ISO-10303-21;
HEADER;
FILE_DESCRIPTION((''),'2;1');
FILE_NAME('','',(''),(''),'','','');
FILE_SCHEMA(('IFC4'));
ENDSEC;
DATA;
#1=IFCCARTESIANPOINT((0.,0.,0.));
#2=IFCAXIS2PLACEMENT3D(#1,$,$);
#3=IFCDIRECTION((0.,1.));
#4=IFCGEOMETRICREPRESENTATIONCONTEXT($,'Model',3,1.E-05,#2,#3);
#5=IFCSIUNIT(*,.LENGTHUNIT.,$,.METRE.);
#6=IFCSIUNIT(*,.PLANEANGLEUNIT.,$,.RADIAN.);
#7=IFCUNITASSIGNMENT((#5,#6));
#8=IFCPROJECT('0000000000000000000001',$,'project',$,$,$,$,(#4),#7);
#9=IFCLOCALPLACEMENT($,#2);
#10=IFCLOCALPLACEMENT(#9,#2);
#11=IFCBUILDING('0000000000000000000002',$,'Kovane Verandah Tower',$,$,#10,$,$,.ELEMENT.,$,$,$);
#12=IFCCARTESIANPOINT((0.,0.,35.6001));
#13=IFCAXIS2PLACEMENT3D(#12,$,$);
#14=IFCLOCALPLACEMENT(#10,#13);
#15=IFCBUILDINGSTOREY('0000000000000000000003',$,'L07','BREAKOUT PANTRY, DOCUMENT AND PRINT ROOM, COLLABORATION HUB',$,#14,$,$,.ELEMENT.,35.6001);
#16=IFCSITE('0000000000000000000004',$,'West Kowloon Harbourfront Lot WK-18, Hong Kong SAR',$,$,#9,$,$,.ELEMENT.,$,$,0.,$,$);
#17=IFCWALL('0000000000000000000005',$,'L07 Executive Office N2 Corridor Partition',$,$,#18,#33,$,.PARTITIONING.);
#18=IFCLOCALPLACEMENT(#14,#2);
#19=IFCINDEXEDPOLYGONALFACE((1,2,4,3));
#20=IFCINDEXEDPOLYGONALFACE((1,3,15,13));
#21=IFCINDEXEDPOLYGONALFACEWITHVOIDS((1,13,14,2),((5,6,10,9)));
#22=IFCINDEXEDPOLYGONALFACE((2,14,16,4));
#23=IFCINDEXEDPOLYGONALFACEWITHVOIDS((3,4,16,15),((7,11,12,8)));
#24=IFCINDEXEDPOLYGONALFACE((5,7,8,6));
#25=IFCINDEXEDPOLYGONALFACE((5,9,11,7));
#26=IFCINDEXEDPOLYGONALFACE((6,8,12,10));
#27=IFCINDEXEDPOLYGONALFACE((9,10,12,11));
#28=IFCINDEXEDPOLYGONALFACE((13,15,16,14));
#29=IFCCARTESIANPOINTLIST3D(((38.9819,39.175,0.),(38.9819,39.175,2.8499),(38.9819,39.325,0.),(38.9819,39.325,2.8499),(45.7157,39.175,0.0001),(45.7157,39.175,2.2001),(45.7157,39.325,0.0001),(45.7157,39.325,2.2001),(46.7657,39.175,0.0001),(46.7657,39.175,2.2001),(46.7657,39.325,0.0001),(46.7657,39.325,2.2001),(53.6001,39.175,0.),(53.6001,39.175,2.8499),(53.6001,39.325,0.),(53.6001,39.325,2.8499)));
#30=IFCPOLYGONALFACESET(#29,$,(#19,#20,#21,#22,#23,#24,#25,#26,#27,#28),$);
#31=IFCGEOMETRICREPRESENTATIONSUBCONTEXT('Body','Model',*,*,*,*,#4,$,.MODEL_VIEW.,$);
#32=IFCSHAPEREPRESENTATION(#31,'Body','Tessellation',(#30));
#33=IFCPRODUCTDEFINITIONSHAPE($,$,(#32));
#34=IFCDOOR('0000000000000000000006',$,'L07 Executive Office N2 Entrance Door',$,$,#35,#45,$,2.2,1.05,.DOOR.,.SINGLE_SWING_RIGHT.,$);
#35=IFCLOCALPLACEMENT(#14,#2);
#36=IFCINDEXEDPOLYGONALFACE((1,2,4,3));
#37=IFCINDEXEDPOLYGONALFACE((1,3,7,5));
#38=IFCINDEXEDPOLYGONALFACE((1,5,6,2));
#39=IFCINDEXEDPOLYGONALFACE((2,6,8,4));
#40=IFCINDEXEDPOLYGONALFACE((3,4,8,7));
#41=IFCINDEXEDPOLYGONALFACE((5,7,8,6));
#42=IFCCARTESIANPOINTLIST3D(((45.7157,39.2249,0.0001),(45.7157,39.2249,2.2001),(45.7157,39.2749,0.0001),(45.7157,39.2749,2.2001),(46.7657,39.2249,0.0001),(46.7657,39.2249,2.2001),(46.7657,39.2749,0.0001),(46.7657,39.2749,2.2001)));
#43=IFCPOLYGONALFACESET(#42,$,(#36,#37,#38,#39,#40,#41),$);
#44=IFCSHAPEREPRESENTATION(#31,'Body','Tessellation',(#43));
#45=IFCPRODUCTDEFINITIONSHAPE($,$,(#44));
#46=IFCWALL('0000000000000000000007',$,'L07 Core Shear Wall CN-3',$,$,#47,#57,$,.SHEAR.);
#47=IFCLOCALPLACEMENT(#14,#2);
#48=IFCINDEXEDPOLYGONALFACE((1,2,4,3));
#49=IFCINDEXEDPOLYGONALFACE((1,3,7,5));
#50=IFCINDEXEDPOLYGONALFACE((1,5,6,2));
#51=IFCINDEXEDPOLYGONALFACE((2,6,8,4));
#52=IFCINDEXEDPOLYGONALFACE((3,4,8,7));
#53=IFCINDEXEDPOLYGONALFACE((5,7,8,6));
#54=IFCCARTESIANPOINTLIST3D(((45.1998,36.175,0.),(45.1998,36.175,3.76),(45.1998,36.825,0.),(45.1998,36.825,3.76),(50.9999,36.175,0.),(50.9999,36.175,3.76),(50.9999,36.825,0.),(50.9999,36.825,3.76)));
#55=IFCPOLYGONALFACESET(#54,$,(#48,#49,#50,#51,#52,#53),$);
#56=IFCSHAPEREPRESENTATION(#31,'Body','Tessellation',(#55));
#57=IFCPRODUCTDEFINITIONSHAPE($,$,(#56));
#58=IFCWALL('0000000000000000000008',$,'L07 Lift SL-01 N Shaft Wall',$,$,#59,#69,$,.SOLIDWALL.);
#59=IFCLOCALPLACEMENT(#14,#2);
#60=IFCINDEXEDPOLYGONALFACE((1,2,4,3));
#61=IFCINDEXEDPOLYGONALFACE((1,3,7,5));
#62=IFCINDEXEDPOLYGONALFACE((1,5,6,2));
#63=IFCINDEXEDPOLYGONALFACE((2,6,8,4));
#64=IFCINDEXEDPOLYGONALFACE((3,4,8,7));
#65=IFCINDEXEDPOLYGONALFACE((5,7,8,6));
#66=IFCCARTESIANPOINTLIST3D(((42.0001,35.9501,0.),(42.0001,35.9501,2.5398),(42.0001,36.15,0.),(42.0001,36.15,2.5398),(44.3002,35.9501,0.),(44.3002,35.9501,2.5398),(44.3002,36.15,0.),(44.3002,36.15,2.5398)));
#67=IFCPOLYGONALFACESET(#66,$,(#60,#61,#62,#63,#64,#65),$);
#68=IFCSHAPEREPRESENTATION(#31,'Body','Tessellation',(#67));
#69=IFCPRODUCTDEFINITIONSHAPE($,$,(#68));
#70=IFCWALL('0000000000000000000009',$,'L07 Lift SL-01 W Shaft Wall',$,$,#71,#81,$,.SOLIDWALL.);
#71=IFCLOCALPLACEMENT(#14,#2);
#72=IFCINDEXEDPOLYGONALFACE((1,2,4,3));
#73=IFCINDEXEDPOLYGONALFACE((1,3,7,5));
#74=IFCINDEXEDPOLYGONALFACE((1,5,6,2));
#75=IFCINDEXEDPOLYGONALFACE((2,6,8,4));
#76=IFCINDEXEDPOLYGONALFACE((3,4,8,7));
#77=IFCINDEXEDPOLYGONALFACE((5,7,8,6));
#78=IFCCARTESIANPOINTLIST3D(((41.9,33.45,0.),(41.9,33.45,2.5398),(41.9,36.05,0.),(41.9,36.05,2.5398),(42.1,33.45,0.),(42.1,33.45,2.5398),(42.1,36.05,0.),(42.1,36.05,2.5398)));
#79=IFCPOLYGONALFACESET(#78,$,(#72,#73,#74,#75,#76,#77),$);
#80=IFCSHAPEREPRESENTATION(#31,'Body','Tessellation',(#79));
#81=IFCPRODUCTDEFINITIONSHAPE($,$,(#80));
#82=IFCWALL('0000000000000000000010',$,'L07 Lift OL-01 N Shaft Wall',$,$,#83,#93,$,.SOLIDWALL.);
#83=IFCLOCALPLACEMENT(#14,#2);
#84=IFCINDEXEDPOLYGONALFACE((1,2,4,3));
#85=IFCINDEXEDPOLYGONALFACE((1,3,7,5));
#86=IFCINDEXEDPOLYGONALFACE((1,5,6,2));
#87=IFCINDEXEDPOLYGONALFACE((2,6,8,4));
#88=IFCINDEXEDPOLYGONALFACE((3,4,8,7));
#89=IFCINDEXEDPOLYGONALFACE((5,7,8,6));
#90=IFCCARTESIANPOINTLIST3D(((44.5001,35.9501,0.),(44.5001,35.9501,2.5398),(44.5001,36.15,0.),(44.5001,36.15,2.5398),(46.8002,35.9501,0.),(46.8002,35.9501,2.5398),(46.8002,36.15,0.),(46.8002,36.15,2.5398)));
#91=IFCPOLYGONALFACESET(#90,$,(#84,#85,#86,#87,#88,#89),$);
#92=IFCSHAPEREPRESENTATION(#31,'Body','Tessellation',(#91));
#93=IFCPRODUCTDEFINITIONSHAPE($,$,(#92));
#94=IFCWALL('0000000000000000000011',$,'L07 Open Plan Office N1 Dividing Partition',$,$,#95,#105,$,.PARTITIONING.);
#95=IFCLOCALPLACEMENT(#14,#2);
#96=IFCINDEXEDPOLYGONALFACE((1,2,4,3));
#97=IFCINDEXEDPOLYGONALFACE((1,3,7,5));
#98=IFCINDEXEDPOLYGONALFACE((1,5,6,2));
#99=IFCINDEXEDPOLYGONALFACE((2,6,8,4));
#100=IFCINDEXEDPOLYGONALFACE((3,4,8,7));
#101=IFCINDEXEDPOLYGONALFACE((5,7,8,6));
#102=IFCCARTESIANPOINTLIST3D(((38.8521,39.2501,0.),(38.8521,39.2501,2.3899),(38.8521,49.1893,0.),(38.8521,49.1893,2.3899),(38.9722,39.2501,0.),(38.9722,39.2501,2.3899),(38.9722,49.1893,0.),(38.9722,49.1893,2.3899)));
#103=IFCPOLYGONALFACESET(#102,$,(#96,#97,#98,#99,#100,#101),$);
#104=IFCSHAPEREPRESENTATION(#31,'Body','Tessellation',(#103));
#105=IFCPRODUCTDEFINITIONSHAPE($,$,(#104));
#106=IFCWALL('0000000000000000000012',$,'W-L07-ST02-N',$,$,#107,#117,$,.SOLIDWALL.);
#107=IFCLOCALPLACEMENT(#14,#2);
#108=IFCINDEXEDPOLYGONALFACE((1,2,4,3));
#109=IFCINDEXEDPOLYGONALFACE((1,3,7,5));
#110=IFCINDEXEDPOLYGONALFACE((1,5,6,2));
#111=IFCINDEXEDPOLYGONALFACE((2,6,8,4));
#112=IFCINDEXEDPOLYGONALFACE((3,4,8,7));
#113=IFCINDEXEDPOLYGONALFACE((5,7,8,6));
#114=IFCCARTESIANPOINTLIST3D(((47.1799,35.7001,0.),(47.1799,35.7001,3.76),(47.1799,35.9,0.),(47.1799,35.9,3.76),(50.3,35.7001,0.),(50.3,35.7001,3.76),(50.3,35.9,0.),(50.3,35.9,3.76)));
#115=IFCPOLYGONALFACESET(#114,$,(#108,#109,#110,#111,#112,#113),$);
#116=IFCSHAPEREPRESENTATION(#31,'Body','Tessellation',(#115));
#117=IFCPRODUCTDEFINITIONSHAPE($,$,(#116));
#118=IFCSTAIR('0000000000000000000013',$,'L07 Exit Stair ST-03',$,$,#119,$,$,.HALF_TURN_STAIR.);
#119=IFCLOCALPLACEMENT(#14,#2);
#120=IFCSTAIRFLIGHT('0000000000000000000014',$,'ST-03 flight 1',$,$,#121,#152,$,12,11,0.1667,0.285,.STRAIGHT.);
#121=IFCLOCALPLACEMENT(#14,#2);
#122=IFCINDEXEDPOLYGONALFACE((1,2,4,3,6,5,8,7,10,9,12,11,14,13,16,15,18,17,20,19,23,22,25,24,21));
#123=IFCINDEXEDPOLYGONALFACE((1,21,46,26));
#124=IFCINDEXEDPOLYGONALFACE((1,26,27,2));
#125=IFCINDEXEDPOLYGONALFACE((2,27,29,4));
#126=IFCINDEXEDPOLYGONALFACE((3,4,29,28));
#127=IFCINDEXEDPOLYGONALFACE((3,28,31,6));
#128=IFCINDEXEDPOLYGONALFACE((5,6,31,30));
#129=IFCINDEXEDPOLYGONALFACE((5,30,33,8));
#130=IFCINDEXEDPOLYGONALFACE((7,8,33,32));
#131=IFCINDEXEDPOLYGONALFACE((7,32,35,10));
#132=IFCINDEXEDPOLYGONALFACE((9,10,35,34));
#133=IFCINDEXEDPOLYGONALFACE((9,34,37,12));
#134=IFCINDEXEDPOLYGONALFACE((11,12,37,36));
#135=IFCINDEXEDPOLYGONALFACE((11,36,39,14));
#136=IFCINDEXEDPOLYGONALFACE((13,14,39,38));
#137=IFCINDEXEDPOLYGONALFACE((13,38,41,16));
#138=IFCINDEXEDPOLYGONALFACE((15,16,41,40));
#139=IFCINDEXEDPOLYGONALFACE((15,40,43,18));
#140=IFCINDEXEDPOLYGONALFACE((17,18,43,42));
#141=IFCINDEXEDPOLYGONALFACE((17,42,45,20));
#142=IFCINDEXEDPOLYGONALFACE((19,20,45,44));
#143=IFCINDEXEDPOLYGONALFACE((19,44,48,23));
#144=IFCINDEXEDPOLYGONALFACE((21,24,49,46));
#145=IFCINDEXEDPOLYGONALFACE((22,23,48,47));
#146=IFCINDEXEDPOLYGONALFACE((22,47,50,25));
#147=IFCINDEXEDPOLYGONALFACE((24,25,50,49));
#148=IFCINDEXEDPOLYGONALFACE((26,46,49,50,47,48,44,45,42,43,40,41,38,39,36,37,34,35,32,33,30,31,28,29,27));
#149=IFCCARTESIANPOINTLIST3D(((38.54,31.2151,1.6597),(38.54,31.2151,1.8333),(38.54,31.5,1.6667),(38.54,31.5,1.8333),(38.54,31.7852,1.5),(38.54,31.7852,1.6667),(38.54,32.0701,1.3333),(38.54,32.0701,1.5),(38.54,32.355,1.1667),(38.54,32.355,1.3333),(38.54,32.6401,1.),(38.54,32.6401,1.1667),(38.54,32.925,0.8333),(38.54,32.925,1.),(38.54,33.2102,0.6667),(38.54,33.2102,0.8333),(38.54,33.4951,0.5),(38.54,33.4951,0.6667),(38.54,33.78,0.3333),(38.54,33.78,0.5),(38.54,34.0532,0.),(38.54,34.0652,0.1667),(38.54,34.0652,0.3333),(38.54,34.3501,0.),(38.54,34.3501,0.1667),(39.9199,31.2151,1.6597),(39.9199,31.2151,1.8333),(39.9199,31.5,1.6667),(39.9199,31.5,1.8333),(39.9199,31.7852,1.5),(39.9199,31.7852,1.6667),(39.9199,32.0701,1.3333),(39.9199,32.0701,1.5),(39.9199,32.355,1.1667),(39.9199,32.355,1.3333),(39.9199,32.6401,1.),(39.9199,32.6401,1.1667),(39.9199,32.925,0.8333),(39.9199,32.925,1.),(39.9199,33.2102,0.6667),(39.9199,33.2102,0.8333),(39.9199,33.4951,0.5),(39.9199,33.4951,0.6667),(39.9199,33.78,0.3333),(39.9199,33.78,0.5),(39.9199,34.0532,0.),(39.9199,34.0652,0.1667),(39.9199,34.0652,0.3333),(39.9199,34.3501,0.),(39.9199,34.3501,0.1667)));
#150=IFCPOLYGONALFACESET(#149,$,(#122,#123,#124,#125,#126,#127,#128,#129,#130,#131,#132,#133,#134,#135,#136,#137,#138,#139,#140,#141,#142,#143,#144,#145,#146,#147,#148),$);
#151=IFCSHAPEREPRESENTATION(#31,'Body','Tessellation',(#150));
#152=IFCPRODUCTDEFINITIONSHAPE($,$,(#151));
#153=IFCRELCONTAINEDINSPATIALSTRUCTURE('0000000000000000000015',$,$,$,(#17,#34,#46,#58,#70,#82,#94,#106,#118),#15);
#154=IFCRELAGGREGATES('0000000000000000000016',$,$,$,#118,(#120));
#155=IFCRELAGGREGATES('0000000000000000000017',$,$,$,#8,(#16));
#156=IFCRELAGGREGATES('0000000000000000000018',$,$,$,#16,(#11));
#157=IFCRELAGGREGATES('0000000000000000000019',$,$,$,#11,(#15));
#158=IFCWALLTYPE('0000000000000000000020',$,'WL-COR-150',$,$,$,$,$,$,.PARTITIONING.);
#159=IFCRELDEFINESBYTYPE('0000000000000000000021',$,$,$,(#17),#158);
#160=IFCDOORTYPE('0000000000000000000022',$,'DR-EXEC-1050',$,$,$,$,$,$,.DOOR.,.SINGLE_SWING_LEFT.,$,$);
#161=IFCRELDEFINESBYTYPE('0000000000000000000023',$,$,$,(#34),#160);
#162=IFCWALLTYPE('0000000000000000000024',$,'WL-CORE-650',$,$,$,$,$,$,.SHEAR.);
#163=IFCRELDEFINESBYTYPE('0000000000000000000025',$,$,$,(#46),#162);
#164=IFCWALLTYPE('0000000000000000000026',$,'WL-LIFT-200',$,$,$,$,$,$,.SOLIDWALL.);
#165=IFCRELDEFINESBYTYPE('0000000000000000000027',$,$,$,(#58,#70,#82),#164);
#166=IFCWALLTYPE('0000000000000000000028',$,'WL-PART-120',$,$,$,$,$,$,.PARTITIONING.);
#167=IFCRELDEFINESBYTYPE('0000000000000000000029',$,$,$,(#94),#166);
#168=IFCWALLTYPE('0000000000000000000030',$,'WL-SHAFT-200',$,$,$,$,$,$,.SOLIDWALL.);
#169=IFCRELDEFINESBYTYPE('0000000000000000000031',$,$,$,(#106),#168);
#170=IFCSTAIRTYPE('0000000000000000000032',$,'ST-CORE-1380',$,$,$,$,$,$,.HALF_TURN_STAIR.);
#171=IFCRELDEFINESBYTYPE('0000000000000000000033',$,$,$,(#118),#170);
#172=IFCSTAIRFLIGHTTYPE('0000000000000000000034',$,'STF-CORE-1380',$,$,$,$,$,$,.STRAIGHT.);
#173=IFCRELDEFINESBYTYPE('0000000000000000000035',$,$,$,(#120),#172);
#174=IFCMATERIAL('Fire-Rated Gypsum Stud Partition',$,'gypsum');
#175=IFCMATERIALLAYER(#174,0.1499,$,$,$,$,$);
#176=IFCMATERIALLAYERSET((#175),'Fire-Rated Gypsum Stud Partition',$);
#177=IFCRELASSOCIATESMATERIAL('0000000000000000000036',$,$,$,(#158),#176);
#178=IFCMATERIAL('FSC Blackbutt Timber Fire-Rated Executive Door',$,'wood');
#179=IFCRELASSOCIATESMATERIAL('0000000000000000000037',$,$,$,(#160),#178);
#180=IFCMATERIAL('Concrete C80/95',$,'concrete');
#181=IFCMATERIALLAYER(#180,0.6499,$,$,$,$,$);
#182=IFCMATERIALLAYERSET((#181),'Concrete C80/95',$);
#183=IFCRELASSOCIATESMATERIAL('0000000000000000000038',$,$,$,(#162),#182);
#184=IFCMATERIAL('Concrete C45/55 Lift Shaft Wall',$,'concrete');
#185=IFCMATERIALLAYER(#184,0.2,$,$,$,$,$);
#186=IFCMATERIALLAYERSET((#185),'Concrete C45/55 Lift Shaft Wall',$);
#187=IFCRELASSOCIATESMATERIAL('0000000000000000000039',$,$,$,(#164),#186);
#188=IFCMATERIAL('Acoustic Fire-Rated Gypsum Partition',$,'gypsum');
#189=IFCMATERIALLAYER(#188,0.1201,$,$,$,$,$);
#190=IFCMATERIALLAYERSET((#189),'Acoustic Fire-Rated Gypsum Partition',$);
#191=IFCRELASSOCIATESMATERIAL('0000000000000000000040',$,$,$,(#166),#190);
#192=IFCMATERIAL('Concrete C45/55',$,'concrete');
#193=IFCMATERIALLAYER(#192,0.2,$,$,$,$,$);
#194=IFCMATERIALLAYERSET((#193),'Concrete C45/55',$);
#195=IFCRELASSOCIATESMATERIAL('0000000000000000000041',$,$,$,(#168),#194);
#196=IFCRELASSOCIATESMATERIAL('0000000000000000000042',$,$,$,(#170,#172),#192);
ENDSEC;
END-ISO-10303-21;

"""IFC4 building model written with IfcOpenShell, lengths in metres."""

from ifc_helpers import new_model, si_unit, direction, frame, frame_2d, origin, place, context, subcontext, project, spatial, polyline, rectangle, outline, extrude, material, layer, layer_set, type_object, element, fill, aggregate, save


model = new_model("IFC4")

# Units and contexts
model_context = context("Model", 3, precision=1e-05, world=origin(), true_north=direction((0.0, 1.0)))
body_context = subcontext(model_context, "Body", "Model", "MODEL_VIEW")
ifc_project = project(units=[si_unit("LENGTHUNIT", "METRE"), si_unit("PLANEANGLEUNIT", "RADIAN")], contexts=[model_context])

# Site, building, storey
site_placement = place(None, origin())
site = spatial("IfcSite", under=ifc_project, at=site_placement, Name="West Kowloon Harbourfront Lot WK-18, Hong Kong SAR", CompositionType="ELEMENT", RefElevation=0.0)
building_placement = place(site_placement, origin())
building = spatial("IfcBuilding", under=site, at=building_placement, Name="Kovane Verandah Tower", CompositionType="ELEMENT")
storey_placement = place(building_placement, frame((0.0, 0.0, 35.6001)))
storey = spatial("IfcBuildingStorey", under=building, at=storey_placement, Name="L07", Description="BREAKOUT PANTRY, DOCUMENT AND PRINT ROOM, COLLABORATION HUB", CompositionType="ELEMENT", Elevation=35.6001)

# Shared definitions
ifc_material_1 = material(Name="Concrete C80/95", Category="concrete")

# Wall, opening, door
ifc_material_2 = material(Name="Fire-Rated Gypsum Stud Partition", Category="gypsum")
ifc_layer_1 = layer(ifc_material_2, 0.1499)
ifc_layer_set_1 = layer_set([ifc_layer_1], Name="Fire-Rated Gypsum Stud Partition")
wall_type_1 = type_object("IfcWallType", Name="WL-COR-150", PredefinedType="PARTITIONING", material=ifc_layer_set_1)
wall_1_placement = place(storey_placement, frame((38.9819, 39.25, 0.0), z_axis=(0.0, 0.0, 1.0), x_axis=(1.0, 0.0, 0.0)))
wall_1 = element("IfcWall", 1, at=wall_1_placement, inside=storey, type_object=wall_type_1, Name="L07 Executive Office N2 Corridor Partition", PredefinedType="PARTITIONING", context=body_context, shape_type="SweptSolid", body=[
    extrude(rectangle(XDim=14.6182, YDim=0.1499, at=frame_2d((7.3091, 0.0))), origin(), (0.0, 0.0, 1.0), 2.8499),
])
opening_placement = place(wall_1_placement, frame((6.7339, 0.0, 0.0)))
opening = element("IfcOpeningElement", 2, at=opening_placement, cuts=wall_1, PredefinedType="OPENING", context=body_context, shape_type="SweptSolid", body=[
    extrude(rectangle(XDim=1.05, YDim=2.2, at=frame_2d((0.5249, 1.1001))), frame((0.0, 0.075, 0.0), z_axis=(0.0, -1.0, 0.0), x_axis=(1.0, 0.0, 0.0)), (0.0, 0.0, 1.0), 0.1499),
])
ifc_material_3 = material(Name="FSC Blackbutt Timber Fire-Rated Executive Door", Category="wood")
door_type = type_object("IfcDoorType", Name="DR-EXEC-1050", OperationType="SINGLE_SWING_LEFT", PredefinedType="DOOR", material=ifc_material_3)
door_placement = place(opening_placement, origin())
door = element("IfcDoor", 3, at=door_placement, inside=storey, type_object=door_type, Name="L07 Executive Office N2 Entrance Door", OperationType="SINGLE_SWING_RIGHT", OverallHeight=2.2, OverallWidth=1.05, PredefinedType="DOOR", context=body_context, shape_type="SweptSolid", body=[
    extrude(rectangle(XDim=1.05, YDim=2.2, at=frame_2d((0.5249, 1.1001))), frame((0.0, 0.0249, 0.0), z_axis=(0.0, -1.0, 0.0), x_axis=(1.0, 0.0, 0.0)), (0.0, 0.0, 1.0), 0.05),
])
fill(opening, door)

# Walls
ifc_layer_2 = layer(ifc_material_1, 0.6499)
ifc_layer_set_2 = layer_set([ifc_layer_2], Name="Concrete C80/95")
wall_type_2 = type_object("IfcWallType", Name="WL-CORE-650", PredefinedType="SHEAR", material=ifc_layer_set_2)
wall_2_placement = place(storey_placement, frame((45.2, 36.5, 0.0), z_axis=(0.0, 0.0, 1.0), x_axis=(1.0, 0.0, 0.0)))
element("IfcWall", 4, at=wall_2_placement, inside=storey, type_object=wall_type_2, Name="L07 Core Shear Wall CN-3", PredefinedType="SHEAR", context=body_context, shape_type="SweptSolid", body=[
    extrude(rectangle(XDim=5.8, YDim=0.6499, at=frame_2d((2.8999, 0.0))), origin(), (0.0, 0.0, 1.0), 3.76),
])
ifc_material_4 = material(Name="Concrete C45/55 Lift Shaft Wall", Category="concrete")
ifc_layer_3 = layer(ifc_material_4, 0.2)
ifc_layer_set_3 = layer_set([ifc_layer_3], Name="Concrete C45/55 Lift Shaft Wall")
wall_type_3 = type_object("IfcWallType", Name="WL-LIFT-200", PredefinedType="SOLIDWALL", material=ifc_layer_set_3)
wall_3_placement = place(storey_placement, frame((44.3, 36.05, 0.0), z_axis=(0.0, 0.0, 1.0), x_axis=(-1.0, 0.0, 0.0)))
element("IfcWall", 5, at=wall_3_placement, inside=storey, type_object=wall_type_3, Name="L07 Lift SL-01 N Shaft Wall", PredefinedType="SOLIDWALL", context=body_context, shape_type="SweptSolid", body=[
    extrude(rectangle(XDim=2.3, YDim=0.2, at=frame_2d((1.1499, 0.0))), origin(), (0.0, 0.0, 1.0), 2.5398),
])
wall_4_placement = place(storey_placement, frame((42.0, 36.05, 0.0), z_axis=(0.0, 0.0, 1.0), x_axis=(0.0, -1.0, 0.0)))
element("IfcWall", 6, at=wall_4_placement, inside=storey, type_object=wall_type_3, Name="L07 Lift SL-01 W Shaft Wall", PredefinedType="SOLIDWALL", context=body_context, shape_type="SweptSolid", body=[
    extrude(rectangle(XDim=2.6001, YDim=0.2, at=frame_2d((1.3, 0.0))), origin(), (0.0, 0.0, 1.0), 2.5398),
])
wall_5_placement = place(storey_placement, frame((46.8, 36.05, 0.0), z_axis=(0.0, 0.0, 1.0), x_axis=(-1.0, 0.0, 0.0)))
element("IfcWall", 7, at=wall_5_placement, inside=storey, type_object=wall_type_3, Name="L07 Lift OL-01 N Shaft Wall", PredefinedType="SOLIDWALL", context=body_context, shape_type="SweptSolid", body=[
    extrude(rectangle(XDim=2.3, YDim=0.2, at=frame_2d((1.1499, 0.0))), origin(), (0.0, 0.0, 1.0), 2.5398),
])
ifc_material_5 = material(Name="Acoustic Fire-Rated Gypsum Partition", Category="gypsum")
ifc_layer_4 = layer(ifc_material_5, 0.1201)
ifc_layer_set_4 = layer_set([ifc_layer_4], Name="Acoustic Fire-Rated Gypsum Partition")
wall_type_4 = type_object("IfcWallType", Name="WL-PART-120", PredefinedType="PARTITIONING", material=ifc_layer_set_4)
wall_6_placement = place(storey_placement, frame((38.9121, 39.25, 0.0), z_axis=(0.0, 0.0, 1.0), x_axis=(0.0, 1.0, 0.0)))
element("IfcWall", 8, at=wall_6_placement, inside=storey, type_object=wall_type_4, Name="L07 Open Plan Office N1 Dividing Partition", PredefinedType="PARTITIONING", context=body_context, shape_type="SweptSolid", body=[
    extrude(rectangle(XDim=9.9392, YDim=0.1201, at=frame_2d((4.9697, 0.0))), origin(), (0.0, 0.0, 1.0), 2.3899),
])
ifc_material_6 = material(Name="Concrete C45/55", Category="concrete")
ifc_layer_5 = layer(ifc_material_6, 0.2)
ifc_layer_set_5 = layer_set([ifc_layer_5], Name="Concrete C45/55")
wall_type_5 = type_object("IfcWallType", Name="WL-SHAFT-200", PredefinedType="SOLIDWALL", material=ifc_layer_set_5)
wall_7_placement = place(storey_placement, frame((47.1799, 35.8, 0.0), z_axis=(0.0, 0.0, 1.0), x_axis=(1.0, 0.0, 0.0)))
element("IfcWall", 9, at=wall_7_placement, inside=storey, type_object=wall_type_5, Name="W-L07-ST02-N", PredefinedType="SOLIDWALL", context=body_context, shape_type="SweptSolid", body=[
    extrude(rectangle(XDim=3.1201, YDim=0.2, at=frame_2d((1.5601, 0.0))), origin(), (0.0, 0.0, 1.0), 3.76),
])

# Stair, stair flight
stair_type = type_object("IfcStairType", Name="ST-CORE-1380", PredefinedType="HALF_TURN_STAIR", material=ifc_material_6)
stair_placement = place(storey_placement, origin())
stair = element("IfcStair", 10, at=stair_placement, inside=storey, type_object=stair_type, Name="L07 Exit Stair ST-03", PredefinedType="HALF_TURN_STAIR")
stair_flight_type = type_object("IfcStairFlightType", Name="STF-CORE-1380", PredefinedType="STRAIGHT", material=ifc_material_6)
stair_flight_placement = place(storey_placement, frame((39.23, 34.3501, 0.0), z_axis=(0.0, 0.0, 1.0), x_axis=(0.0, -1.0, 0.0)))
stair_flight = element("IfcStairFlight", 11, at=stair_flight_placement, type_object=stair_flight_type, Name="ST-03 flight 1", NumberOfRisers=12, NumberOfTreads=11, PredefinedType="STRAIGHT", RiserHeight=0.1667, TreadLength=0.285, context=body_context, shape_type="SweptSolid", body=[
    extrude(outline(polyline([(0.0, 0.0), (0.0, 0.1667), (0.2849, 0.1667), (0.2849, 0.3333), (0.5701, 0.3333), (0.5701, 0.5), (0.855, 0.5), (0.855, 0.6667), (1.1399, 0.6667), (1.1399, 0.8333), (1.425, 0.8333), (1.425, 1.0), (1.71, 1.0), (1.71, 1.1667), (1.9951, 1.1667), (1.9951, 1.3333), (2.28, 1.3333), (2.28, 1.5), (2.5649, 1.5), (2.5649, 1.6667), (2.8501, 1.6667), (2.8501, 1.8333), (3.135, 1.8333), (3.135, 2.0), (3.135, 1.6597), (0.2969, 0.0), (0.0, 0.0)])), frame((0.0, 0.6899, 0.0), z_axis=(0.0, -1.0, 0.0), x_axis=(1.0, 0.0, 0.0)), (0.0, 0.0, 1.0), 1.3799),
])
aggregate(stair, [stair_flight])

save(model, "model.ifc")
